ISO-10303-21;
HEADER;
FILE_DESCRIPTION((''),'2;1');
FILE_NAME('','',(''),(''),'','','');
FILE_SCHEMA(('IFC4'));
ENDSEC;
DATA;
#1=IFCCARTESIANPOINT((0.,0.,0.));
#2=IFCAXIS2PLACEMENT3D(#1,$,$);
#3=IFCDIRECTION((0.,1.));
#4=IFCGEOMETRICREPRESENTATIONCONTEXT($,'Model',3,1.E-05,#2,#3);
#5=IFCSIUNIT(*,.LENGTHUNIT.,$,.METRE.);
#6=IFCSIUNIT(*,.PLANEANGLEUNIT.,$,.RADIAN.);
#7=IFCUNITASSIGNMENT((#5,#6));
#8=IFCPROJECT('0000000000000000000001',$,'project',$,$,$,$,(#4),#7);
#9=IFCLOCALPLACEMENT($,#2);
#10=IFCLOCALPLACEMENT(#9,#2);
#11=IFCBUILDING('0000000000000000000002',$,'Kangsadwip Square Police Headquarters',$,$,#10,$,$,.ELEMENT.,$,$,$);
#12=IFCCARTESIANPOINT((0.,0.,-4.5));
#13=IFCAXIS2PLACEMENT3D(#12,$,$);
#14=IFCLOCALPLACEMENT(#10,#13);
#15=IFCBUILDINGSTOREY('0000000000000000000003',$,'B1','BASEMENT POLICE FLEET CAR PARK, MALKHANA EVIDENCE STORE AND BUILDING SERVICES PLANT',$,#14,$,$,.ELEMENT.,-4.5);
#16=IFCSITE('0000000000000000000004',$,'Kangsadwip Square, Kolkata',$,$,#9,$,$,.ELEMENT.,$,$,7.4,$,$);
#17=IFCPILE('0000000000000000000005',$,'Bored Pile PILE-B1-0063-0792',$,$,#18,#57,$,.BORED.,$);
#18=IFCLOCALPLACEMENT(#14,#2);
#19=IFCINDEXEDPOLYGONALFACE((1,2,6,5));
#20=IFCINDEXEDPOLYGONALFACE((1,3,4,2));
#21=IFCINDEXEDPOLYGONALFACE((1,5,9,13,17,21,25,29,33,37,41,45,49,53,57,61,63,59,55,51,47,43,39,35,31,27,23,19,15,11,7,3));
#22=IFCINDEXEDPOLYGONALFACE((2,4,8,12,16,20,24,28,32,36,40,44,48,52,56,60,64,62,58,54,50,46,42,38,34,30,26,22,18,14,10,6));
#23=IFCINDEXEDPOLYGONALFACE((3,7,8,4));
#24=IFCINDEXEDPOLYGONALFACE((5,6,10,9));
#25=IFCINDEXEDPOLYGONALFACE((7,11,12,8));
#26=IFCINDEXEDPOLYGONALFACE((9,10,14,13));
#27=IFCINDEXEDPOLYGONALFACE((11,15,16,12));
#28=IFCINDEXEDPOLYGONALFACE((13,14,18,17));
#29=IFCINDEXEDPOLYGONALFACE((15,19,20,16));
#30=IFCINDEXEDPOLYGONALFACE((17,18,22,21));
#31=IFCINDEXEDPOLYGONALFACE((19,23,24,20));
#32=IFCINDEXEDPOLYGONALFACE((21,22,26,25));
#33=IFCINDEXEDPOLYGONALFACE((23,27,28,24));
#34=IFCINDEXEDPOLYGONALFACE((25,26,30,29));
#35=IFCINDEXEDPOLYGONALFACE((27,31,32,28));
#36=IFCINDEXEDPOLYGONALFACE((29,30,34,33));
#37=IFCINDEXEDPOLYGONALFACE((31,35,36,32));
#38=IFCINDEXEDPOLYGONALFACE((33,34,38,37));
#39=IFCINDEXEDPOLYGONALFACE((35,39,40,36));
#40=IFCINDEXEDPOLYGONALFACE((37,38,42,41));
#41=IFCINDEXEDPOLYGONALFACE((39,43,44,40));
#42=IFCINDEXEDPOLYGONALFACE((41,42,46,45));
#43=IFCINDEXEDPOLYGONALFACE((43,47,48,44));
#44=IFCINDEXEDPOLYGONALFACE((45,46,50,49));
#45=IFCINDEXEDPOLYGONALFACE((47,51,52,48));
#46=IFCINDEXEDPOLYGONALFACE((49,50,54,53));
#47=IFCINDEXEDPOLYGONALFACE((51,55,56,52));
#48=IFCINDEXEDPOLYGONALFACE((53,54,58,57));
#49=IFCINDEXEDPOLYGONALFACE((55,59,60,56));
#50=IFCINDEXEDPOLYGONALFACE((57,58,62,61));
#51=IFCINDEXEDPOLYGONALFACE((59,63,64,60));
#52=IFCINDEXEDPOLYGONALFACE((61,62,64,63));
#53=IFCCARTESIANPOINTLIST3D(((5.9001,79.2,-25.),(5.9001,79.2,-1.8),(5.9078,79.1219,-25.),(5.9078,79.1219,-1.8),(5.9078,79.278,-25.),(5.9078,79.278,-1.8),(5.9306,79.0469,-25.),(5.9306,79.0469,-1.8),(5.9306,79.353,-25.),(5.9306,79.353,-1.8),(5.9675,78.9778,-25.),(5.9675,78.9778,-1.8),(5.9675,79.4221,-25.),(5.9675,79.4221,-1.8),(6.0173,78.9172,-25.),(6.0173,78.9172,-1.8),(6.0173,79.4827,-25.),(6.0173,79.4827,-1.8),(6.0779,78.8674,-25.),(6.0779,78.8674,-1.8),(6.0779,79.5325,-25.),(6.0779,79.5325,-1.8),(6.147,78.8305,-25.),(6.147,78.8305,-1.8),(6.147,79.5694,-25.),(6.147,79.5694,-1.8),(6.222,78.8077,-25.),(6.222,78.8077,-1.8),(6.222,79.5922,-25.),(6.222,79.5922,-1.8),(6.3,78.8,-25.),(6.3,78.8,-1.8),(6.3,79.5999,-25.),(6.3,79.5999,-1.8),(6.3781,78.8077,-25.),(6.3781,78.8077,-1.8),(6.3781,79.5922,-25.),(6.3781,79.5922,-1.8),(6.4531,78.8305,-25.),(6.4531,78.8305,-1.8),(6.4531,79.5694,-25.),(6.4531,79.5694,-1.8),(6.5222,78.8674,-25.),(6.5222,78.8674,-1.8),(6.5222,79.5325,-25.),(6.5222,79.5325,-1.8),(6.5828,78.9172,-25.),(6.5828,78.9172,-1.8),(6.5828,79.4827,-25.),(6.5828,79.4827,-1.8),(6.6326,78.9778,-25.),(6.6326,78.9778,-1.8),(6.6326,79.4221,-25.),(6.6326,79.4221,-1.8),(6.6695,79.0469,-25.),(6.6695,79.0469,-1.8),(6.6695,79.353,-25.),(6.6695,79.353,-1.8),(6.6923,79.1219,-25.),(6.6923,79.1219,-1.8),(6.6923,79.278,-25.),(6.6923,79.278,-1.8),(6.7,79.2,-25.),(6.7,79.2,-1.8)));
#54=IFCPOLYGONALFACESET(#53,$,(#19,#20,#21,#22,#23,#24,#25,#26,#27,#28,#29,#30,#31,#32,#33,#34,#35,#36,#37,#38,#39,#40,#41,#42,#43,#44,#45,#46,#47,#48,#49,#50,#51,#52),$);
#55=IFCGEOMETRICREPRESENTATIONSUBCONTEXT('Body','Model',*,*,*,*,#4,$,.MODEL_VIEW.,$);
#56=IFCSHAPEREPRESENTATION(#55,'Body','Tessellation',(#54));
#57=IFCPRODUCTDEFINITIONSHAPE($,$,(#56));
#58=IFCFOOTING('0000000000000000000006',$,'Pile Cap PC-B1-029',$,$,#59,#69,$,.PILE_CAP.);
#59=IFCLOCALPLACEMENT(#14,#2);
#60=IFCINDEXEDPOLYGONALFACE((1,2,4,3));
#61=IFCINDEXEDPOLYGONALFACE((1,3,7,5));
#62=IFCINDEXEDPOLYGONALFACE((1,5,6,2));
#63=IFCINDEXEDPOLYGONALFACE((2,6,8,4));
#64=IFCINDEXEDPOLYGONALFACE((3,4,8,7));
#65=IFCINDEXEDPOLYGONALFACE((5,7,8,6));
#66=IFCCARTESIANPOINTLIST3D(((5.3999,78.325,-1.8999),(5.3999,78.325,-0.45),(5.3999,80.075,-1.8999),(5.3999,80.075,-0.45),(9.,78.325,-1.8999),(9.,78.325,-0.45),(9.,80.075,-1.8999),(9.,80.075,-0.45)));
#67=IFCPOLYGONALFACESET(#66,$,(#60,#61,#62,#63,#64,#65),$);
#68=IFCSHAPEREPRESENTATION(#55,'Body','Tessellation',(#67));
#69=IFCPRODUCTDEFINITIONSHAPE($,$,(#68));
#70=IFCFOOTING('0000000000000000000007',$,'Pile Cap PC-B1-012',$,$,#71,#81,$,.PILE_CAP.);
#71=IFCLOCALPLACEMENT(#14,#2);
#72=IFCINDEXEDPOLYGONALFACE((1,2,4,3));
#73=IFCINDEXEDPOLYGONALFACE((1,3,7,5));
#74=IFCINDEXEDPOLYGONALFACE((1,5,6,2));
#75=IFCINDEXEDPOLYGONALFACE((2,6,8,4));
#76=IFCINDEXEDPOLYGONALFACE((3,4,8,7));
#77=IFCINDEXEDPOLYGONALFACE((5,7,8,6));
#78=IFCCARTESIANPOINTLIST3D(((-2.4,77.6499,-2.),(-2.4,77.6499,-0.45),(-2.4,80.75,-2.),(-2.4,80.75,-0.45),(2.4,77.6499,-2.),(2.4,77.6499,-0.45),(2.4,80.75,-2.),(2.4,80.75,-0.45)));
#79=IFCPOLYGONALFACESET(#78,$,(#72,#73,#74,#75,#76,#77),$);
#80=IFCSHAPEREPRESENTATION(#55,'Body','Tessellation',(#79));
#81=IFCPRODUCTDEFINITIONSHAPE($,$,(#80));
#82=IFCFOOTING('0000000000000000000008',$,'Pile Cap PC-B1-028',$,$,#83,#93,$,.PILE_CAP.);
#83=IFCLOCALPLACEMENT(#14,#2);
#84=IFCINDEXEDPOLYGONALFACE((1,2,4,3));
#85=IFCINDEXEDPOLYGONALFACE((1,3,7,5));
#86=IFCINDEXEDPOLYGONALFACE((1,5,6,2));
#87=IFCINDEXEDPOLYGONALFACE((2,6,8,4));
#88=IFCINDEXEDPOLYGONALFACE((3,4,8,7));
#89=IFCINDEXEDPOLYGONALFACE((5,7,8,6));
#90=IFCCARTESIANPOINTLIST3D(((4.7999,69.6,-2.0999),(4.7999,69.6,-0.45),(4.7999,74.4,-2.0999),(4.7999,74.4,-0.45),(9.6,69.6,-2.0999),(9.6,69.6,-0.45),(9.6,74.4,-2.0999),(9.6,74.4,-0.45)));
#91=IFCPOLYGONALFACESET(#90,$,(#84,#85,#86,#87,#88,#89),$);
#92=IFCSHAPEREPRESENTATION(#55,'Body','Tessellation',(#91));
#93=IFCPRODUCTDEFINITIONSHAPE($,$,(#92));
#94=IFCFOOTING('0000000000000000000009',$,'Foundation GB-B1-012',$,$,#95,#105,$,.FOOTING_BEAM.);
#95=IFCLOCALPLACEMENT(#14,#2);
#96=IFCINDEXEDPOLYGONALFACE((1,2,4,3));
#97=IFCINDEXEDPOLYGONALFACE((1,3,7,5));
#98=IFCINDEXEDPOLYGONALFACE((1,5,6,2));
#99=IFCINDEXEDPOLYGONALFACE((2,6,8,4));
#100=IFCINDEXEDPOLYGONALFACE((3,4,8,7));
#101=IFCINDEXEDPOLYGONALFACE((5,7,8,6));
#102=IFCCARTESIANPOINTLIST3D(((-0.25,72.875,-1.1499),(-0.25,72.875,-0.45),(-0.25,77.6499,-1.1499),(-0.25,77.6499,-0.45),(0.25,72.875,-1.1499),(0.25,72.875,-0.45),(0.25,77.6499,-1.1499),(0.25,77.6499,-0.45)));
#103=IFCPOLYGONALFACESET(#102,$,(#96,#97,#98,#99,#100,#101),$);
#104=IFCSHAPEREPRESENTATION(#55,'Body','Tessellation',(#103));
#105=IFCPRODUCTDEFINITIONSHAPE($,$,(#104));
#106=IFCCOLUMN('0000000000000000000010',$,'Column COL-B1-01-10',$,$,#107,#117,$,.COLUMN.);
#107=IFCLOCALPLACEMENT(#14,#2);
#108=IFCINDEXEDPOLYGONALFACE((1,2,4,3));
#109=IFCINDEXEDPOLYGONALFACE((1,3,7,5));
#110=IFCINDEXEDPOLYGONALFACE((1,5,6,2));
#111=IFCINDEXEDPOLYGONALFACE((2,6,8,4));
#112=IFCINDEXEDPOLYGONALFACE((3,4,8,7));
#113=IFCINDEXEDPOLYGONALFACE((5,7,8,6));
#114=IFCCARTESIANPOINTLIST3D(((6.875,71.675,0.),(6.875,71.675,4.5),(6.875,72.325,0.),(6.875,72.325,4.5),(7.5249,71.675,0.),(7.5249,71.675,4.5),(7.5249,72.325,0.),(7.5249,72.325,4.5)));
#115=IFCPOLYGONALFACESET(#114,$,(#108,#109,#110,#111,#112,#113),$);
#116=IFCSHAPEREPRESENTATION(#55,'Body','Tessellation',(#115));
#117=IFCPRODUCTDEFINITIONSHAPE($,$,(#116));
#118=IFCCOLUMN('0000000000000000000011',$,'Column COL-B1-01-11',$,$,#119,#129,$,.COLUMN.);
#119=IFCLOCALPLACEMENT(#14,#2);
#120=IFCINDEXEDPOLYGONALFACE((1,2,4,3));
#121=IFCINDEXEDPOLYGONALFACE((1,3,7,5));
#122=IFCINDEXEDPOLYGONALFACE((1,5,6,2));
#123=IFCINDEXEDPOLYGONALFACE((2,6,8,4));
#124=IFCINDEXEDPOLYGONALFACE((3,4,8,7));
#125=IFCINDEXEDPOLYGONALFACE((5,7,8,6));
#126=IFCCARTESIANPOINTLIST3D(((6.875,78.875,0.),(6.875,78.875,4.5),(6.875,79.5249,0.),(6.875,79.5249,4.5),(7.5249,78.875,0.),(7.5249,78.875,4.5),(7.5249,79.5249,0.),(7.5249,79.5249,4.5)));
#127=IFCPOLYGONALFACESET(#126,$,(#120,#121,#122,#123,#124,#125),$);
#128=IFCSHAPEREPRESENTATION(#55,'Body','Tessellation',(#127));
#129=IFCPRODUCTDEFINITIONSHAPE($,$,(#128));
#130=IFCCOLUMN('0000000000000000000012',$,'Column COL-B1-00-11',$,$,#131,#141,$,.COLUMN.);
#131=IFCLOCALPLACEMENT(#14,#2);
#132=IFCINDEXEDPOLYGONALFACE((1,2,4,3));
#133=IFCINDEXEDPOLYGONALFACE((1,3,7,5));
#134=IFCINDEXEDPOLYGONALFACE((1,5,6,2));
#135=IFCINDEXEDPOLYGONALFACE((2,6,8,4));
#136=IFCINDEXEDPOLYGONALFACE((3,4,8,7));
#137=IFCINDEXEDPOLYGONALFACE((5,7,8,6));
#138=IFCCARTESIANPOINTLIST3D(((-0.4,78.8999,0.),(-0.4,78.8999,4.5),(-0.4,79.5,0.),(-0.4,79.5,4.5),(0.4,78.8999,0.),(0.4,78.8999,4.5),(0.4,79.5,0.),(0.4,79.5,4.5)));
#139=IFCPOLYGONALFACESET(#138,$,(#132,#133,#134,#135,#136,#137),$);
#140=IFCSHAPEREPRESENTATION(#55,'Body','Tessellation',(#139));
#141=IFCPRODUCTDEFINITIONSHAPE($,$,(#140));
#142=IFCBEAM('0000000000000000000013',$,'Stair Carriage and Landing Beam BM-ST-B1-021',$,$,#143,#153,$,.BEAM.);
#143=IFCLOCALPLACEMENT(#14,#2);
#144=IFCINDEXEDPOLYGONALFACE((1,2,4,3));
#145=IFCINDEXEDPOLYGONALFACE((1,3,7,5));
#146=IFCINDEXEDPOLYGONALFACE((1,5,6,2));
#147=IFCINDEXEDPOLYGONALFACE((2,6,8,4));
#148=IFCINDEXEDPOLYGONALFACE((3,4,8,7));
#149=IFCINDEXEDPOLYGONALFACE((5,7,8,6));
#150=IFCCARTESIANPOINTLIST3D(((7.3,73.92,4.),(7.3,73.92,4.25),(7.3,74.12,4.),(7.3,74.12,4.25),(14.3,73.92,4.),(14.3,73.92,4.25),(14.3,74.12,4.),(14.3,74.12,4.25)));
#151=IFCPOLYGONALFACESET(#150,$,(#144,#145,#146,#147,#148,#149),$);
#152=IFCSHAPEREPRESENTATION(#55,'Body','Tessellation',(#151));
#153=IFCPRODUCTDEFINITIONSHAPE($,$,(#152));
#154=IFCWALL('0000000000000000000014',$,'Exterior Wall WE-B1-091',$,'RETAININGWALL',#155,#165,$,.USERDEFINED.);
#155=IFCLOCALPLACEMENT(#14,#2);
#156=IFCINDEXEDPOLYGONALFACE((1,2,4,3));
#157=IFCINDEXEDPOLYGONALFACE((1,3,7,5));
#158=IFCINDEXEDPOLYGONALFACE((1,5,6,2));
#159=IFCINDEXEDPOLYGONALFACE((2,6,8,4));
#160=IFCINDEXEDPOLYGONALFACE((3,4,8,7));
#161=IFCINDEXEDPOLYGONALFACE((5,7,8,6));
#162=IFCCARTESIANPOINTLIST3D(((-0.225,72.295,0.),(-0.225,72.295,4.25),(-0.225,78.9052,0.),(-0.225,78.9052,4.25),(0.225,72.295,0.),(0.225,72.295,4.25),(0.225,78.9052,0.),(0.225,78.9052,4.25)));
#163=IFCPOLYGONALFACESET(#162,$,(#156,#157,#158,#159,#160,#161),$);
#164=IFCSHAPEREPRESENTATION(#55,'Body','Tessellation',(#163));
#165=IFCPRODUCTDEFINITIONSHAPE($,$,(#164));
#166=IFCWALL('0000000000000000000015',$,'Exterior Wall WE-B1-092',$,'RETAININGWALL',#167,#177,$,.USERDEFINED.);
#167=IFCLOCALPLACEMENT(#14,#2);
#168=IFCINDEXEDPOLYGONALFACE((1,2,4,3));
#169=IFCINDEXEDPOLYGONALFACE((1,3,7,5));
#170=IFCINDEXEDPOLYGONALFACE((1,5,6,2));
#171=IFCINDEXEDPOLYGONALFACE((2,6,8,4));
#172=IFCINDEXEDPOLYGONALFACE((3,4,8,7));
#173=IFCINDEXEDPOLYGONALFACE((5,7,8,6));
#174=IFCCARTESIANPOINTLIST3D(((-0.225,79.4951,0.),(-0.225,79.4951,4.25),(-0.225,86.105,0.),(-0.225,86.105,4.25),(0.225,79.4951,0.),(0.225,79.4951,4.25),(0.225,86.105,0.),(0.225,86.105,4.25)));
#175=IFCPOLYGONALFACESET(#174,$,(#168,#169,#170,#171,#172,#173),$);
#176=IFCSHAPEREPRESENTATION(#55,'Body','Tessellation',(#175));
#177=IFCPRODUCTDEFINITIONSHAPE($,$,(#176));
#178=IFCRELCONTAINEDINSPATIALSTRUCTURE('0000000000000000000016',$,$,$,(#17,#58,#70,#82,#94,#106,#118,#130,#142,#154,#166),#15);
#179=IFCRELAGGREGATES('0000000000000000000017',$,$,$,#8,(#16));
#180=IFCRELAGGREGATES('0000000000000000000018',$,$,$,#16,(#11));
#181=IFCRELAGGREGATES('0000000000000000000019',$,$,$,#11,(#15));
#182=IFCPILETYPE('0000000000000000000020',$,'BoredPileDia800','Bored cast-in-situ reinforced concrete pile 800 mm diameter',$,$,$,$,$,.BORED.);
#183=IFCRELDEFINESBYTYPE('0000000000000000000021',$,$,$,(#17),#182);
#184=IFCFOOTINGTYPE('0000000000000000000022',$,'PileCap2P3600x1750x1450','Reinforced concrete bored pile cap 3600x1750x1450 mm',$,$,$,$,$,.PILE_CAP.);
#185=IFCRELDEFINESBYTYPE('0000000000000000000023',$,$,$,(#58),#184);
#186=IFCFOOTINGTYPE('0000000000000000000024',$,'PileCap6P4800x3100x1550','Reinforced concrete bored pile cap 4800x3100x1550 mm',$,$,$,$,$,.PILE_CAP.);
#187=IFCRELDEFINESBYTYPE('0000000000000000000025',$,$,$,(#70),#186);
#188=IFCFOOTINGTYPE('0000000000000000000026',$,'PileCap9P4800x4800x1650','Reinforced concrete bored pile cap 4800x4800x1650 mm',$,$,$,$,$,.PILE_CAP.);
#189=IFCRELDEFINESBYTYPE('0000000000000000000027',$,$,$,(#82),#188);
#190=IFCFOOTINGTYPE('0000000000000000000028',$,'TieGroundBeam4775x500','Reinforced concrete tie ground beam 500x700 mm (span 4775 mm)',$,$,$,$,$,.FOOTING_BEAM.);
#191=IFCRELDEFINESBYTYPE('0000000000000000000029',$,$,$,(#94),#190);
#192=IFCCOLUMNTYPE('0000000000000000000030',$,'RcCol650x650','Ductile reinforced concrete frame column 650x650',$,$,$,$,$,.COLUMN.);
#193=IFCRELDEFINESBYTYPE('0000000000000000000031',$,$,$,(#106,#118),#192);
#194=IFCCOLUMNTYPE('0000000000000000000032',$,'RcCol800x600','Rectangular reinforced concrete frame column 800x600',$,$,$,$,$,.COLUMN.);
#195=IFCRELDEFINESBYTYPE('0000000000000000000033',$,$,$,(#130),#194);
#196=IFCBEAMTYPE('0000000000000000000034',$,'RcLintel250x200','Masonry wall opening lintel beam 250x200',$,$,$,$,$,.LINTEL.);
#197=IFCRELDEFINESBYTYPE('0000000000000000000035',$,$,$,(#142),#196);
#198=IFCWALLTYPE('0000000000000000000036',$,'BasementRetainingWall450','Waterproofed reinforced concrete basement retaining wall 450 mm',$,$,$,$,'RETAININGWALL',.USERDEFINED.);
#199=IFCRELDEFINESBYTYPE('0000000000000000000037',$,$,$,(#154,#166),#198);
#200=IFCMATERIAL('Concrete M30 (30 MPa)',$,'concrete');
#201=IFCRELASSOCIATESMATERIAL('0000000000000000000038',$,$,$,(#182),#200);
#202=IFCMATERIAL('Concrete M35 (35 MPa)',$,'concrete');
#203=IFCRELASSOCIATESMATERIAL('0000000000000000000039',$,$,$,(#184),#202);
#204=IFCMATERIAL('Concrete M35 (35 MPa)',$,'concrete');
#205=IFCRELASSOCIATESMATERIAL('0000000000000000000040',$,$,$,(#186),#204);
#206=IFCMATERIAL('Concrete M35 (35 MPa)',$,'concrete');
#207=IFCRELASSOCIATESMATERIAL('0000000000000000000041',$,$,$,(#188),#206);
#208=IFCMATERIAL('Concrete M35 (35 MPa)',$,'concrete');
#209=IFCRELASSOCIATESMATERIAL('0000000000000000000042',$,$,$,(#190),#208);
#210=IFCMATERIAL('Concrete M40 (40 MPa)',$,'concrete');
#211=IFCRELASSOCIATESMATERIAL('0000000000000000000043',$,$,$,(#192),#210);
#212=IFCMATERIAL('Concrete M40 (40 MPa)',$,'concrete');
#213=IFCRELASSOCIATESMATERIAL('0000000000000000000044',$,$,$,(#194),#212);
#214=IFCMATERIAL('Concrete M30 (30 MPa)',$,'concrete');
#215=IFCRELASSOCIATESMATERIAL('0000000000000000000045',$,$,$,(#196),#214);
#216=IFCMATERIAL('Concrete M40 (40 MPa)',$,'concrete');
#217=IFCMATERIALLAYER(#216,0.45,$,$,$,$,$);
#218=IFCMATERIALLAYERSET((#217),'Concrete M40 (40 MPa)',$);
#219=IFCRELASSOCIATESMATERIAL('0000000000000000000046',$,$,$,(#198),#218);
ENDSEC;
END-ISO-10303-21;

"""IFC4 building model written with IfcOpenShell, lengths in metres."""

from ifc_helpers import new_model, si_unit, direction, frame, frame_2d, origin, origin_2d, place, context, subcontext, project, spatial, rectangle, circle, extrude, material, layer, layer_set, material_profile, profile_set, type_object, element, save


model = new_model("IFC4")

# Units and contexts
model_context = context("Model", 3, precision=1e-05, world=origin(), true_north=direction((0.0, 1.0)))
body_context = subcontext(model_context, "Body", "Model", "MODEL_VIEW")
ifc_project = project(units=[si_unit("LENGTHUNIT", "METRE"), si_unit("PLANEANGLEUNIT", "RADIAN")], contexts=[model_context])

# Site, building, storey
site_placement = place(None, origin())
site = spatial("IfcSite", under=ifc_project, at=site_placement, Name="Kangsadwip Square, Kolkata", CompositionType="ELEMENT", RefElevation=7.4)
building_placement = place(site_placement, origin())
building = spatial("IfcBuilding", under=site, at=building_placement, Name="Kangsadwip Square Police Headquarters", CompositionType="ELEMENT")
storey_placement = place(building_placement, frame((0.0, 0.0, -4.5)))
storey = spatial("IfcBuildingStorey", under=building, at=storey_placement, Name="B1", Description="BASEMENT POLICE FLEET CAR PARK, MALKHANA EVIDENCE STORE AND BUILDING SERVICES PLANT", CompositionType="ELEMENT", Elevation=-4.5)

# Pile
ifc_material_1 = material(Name="Concrete M30 (30 MPa)", Category="concrete")
ifc_material_profile_1 = material_profile(ifc_material_1, circle(Radius=0.3999, at=origin_2d()), Name="PILE DIA 800")
ifc_profile_set_1 = profile_set([ifc_material_profile_1], Name="Concrete M30 (30 MPa)")
pile_type_1 = type_object("IfcPileType", Name="BoredPileDia800", Description="Bored cast-in-situ reinforced concrete pile 800 mm diameter", PredefinedType="BORED", material=ifc_profile_set_1)
pile_1_placement = place(storey_placement, frame((6.3, 79.2, -1.8), z_axis=(0.0, 0.0, -1.0), x_axis=(1.0, 0.0, 0.0)))
element("IfcPile", 1, at=pile_1_placement, inside=storey, type_object=pile_type_1, Name="Bored Pile PILE-B1-0063-0792", PredefinedType="BORED", context=body_context, shape_type="SweptSolid", body=[
    extrude(circle(Radius=0.3999, at=origin_2d()), origin(), (0.0, 0.0, 1.0), 23.2),
])

# Footings
ifc_material_2 = material(Name="Concrete M35 (35 MPa)", Category="concrete")
footing_type_1 = type_object("IfcFootingType", Name="PileCap2P3600x1750x1450", Description="Reinforced concrete bored pile cap 3600x1750x1450 mm", PredefinedType="PILE_CAP", material=ifc_material_2)
footing_1_placement = place(storey_placement, frame((7.2, 79.2, -1.8999), z_axis=(0.0, 0.0, 1.0), x_axis=(1.0, 0.0, 0.0)))
element("IfcFooting", 2, at=footing_1_placement, inside=storey, type_object=footing_type_1, Name="Pile Cap PC-B1-029", PredefinedType="PILE_CAP", context=body_context, shape_type="SweptSolid", body=[
    extrude(rectangle(XDim=3.6001, YDim=1.75, at=origin_2d()), origin(), (0.0, 0.0, 1.0), 1.45),
])
ifc_material_3 = material(Name="Concrete M35 (35 MPa)", Category="concrete")
footing_type_2 = type_object("IfcFootingType", Name="PileCap6P4800x3100x1550", Description="Reinforced concrete bored pile cap 4800x3100x1550 mm", PredefinedType="PILE_CAP", material=ifc_material_3)
footing_2_placement = place(storey_placement, frame((0.0, 79.2, -2.0), z_axis=(0.0, 0.0, 1.0), x_axis=(1.0, 0.0, 0.0)))
element("IfcFooting", 3, at=footing_2_placement, inside=storey, type_object=footing_type_2, Name="Pile Cap PC-B1-012", PredefinedType="PILE_CAP", context=body_context, shape_type="SweptSolid", body=[
    extrude(rectangle(XDim=4.8, YDim=3.1001, at=origin_2d()), origin(), (0.0, 0.0, 1.0), 1.55),
])
ifc_material_4 = material(Name="Concrete M35 (35 MPa)", Category="concrete")
footing_type_3 = type_object("IfcFootingType", Name="PileCap9P4800x4800x1650", Description="Reinforced concrete bored pile cap 4800x4800x1650 mm", PredefinedType="PILE_CAP", material=ifc_material_4)
footing_3_placement = place(storey_placement, frame((7.2, 72.0, -2.0999), z_axis=(0.0, 0.0, 1.0), x_axis=(1.0, 0.0, 0.0)))
element("IfcFooting", 4, at=footing_3_placement, inside=storey, type_object=footing_type_3, Name="Pile Cap PC-B1-028", PredefinedType="PILE_CAP", context=body_context, shape_type="SweptSolid", body=[
    extrude(rectangle(XDim=4.8, YDim=4.8, at=origin_2d()), origin(), (0.0, 0.0, 1.0), 1.6499),
])
ifc_material_5 = material(Name="Concrete M35 (35 MPa)", Category="concrete")
footing_type_4 = type_object("IfcFootingType", Name="TieGroundBeam4775x500", Description="Reinforced concrete tie ground beam 500x700 mm (span 4775 mm)", PredefinedType="FOOTING_BEAM", material=ifc_material_5)
footing_4_placement = place(storey_placement, frame((0.0, 75.2625, -1.1499), z_axis=(0.0, 0.0, 1.0), x_axis=(0.0, 1.0, 0.0)))
element("IfcFooting", 5, at=footing_4_placement, inside=storey, type_object=footing_type_4, Name="Foundation GB-B1-012", PredefinedType="FOOTING_BEAM", context=body_context, shape_type="SweptSolid", body=[
    extrude(rectangle(XDim=4.7749, YDim=0.5, at=origin_2d()), origin(), (0.0, 0.0, 1.0), 0.7),
])

# Columns
ifc_material_6 = material(Name="Concrete M40 (40 MPa)", Category="concrete")
ifc_material_profile_2 = material_profile(ifc_material_6, rectangle(XDim=0.6499, YDim=0.6499, at=origin_2d()), Name="RC COL 650X650")
ifc_profile_set_2 = profile_set([ifc_material_profile_2], Name="Concrete M40 (40 MPa)")
column_type_1 = type_object("IfcColumnType", Name="RcCol650x650", Description="Ductile reinforced concrete frame column 650x650", PredefinedType="COLUMN", material=ifc_profile_set_2)
for number, where, z_axis, x_axis, name in (
    (6, (7.2, 72.0, 0.0), (0.0, 0.0, 1.0), (1.0, 0.0, 0.0), "Column COL-B1-01-10"),
    (7, (7.2, 79.2, 0.0), (0.0, 0.0, 1.0), (1.0, 0.0, 0.0), "Column COL-B1-01-11"),
):
    element("IfcColumn", number, at=place(storey_placement, frame(where, z_axis=z_axis, x_axis=x_axis)), inside=storey, type_object=column_type_1, Name=name, PredefinedType="COLUMN", context=body_context, shape_type="SweptSolid", body=[
        extrude(rectangle(XDim=0.6499, YDim=0.6499, at=origin_2d()), origin(), (0.0, 0.0, 1.0), 4.5),
    ])
ifc_material_7 = material(Name="Concrete M40 (40 MPa)", Category="concrete")
ifc_material_profile_3 = material_profile(ifc_material_7, rectangle(XDim=0.6001, YDim=0.8, at=origin_2d()), Name="RC COL 800X600")
ifc_profile_set_3 = profile_set([ifc_material_profile_3], Name="Concrete M40 (40 MPa)")
column_type_2 = type_object("IfcColumnType", Name="RcCol800x600", Description="Rectangular reinforced concrete frame column 800x600", PredefinedType="COLUMN", material=ifc_profile_set_3)
column_placement = place(storey_placement, frame((0.0, 79.2, 0.0), z_axis=(0.0, 0.0, 1.0), x_axis=(0.0, 1.0, 0.0)))
element("IfcColumn", 8, at=column_placement, inside=storey, type_object=column_type_2, Name="Column COL-B1-00-11", PredefinedType="COLUMN", context=body_context, shape_type="SweptSolid", body=[
    extrude(rectangle(XDim=0.6001, YDim=0.8, at=origin_2d()), origin(), (0.0, 0.0, 1.0), 4.5),
])

# Beam
ifc_material_8 = material(Name="Concrete M30 (30 MPa)", Category="concrete")
ifc_material_profile_4 = material_profile(ifc_material_8, rectangle(XDim=0.2, YDim=0.25, at=origin_2d()), Name="RC LNT 250X200")
ifc_profile_set_4 = profile_set([ifc_material_profile_4], Name="Concrete M30 (30 MPa)")
beam_type = type_object("IfcBeamType", Name="RcLintel250x200", Description="Masonry wall opening lintel beam 250x200", PredefinedType="LINTEL", material=ifc_profile_set_4)
beam_placement = place(storey_placement, frame((7.3, 74.02, 4.125), z_axis=(1.0, 0.0, 0.0), x_axis=(0.0, 1.0, 0.0)))
element("IfcBeam", 9, at=beam_placement, inside=storey, type_object=beam_type, Name="Stair Carriage and Landing Beam BM-ST-B1-021", PredefinedType="BEAM", context=body_context, shape_type="SweptSolid", body=[
    extrude(rectangle(XDim=0.2, YDim=0.25, at=origin_2d()), origin(), (0.0, 0.0, 1.0), 7.0),
])

# Walls
ifc_material_9 = material(Name="Concrete M40 (40 MPa)", Category="concrete")
ifc_layer_1 = layer(ifc_material_9, 0.45)
ifc_layer_set_1 = layer_set([ifc_layer_1], Name="Concrete M40 (40 MPa)")
wall_type_1 = type_object("IfcWallType", Name="BasementRetainingWall450", Description="Waterproofed reinforced concrete basement retaining wall 450 mm", ElementType="RETAININGWALL", PredefinedType="USERDEFINED", material=ifc_layer_set_1)
wall_1_placement = place(storey_placement, frame((0.0, 72.2949, 0.0), z_axis=(0.0, 0.0, 1.0), x_axis=(0.0, 1.0, 0.0)))
element("IfcWall", 10, at=wall_1_placement, inside=storey, type_object=wall_type_1, Name="Exterior Wall WE-B1-091", ObjectType="RETAININGWALL", PredefinedType="USERDEFINED", context=body_context, shape_type="SweptSolid", body=[
    extrude(rectangle(XDim=6.6101, YDim=0.45, at=frame_2d((3.3052, 0.0))), origin(), (0.0, 0.0, 1.0), 4.25),
])
wall_2_placement = place(storey_placement, frame((0.0, 79.4951, 0.0), z_axis=(0.0, 0.0, 1.0), x_axis=(0.0, 1.0, 0.0)))
element("IfcWall", 11, at=wall_2_placement, inside=storey, type_object=wall_type_1, Name="Exterior Wall WE-B1-092", ObjectType="RETAININGWALL", PredefinedType="USERDEFINED", context=body_context, shape_type="SweptSolid", body=[
    extrude(rectangle(XDim=6.6099, YDim=0.45, at=frame_2d((3.3049, 0.0))), origin(), (0.0, 0.0, 1.0), 4.25),
])

save(model, "model.ifc")
